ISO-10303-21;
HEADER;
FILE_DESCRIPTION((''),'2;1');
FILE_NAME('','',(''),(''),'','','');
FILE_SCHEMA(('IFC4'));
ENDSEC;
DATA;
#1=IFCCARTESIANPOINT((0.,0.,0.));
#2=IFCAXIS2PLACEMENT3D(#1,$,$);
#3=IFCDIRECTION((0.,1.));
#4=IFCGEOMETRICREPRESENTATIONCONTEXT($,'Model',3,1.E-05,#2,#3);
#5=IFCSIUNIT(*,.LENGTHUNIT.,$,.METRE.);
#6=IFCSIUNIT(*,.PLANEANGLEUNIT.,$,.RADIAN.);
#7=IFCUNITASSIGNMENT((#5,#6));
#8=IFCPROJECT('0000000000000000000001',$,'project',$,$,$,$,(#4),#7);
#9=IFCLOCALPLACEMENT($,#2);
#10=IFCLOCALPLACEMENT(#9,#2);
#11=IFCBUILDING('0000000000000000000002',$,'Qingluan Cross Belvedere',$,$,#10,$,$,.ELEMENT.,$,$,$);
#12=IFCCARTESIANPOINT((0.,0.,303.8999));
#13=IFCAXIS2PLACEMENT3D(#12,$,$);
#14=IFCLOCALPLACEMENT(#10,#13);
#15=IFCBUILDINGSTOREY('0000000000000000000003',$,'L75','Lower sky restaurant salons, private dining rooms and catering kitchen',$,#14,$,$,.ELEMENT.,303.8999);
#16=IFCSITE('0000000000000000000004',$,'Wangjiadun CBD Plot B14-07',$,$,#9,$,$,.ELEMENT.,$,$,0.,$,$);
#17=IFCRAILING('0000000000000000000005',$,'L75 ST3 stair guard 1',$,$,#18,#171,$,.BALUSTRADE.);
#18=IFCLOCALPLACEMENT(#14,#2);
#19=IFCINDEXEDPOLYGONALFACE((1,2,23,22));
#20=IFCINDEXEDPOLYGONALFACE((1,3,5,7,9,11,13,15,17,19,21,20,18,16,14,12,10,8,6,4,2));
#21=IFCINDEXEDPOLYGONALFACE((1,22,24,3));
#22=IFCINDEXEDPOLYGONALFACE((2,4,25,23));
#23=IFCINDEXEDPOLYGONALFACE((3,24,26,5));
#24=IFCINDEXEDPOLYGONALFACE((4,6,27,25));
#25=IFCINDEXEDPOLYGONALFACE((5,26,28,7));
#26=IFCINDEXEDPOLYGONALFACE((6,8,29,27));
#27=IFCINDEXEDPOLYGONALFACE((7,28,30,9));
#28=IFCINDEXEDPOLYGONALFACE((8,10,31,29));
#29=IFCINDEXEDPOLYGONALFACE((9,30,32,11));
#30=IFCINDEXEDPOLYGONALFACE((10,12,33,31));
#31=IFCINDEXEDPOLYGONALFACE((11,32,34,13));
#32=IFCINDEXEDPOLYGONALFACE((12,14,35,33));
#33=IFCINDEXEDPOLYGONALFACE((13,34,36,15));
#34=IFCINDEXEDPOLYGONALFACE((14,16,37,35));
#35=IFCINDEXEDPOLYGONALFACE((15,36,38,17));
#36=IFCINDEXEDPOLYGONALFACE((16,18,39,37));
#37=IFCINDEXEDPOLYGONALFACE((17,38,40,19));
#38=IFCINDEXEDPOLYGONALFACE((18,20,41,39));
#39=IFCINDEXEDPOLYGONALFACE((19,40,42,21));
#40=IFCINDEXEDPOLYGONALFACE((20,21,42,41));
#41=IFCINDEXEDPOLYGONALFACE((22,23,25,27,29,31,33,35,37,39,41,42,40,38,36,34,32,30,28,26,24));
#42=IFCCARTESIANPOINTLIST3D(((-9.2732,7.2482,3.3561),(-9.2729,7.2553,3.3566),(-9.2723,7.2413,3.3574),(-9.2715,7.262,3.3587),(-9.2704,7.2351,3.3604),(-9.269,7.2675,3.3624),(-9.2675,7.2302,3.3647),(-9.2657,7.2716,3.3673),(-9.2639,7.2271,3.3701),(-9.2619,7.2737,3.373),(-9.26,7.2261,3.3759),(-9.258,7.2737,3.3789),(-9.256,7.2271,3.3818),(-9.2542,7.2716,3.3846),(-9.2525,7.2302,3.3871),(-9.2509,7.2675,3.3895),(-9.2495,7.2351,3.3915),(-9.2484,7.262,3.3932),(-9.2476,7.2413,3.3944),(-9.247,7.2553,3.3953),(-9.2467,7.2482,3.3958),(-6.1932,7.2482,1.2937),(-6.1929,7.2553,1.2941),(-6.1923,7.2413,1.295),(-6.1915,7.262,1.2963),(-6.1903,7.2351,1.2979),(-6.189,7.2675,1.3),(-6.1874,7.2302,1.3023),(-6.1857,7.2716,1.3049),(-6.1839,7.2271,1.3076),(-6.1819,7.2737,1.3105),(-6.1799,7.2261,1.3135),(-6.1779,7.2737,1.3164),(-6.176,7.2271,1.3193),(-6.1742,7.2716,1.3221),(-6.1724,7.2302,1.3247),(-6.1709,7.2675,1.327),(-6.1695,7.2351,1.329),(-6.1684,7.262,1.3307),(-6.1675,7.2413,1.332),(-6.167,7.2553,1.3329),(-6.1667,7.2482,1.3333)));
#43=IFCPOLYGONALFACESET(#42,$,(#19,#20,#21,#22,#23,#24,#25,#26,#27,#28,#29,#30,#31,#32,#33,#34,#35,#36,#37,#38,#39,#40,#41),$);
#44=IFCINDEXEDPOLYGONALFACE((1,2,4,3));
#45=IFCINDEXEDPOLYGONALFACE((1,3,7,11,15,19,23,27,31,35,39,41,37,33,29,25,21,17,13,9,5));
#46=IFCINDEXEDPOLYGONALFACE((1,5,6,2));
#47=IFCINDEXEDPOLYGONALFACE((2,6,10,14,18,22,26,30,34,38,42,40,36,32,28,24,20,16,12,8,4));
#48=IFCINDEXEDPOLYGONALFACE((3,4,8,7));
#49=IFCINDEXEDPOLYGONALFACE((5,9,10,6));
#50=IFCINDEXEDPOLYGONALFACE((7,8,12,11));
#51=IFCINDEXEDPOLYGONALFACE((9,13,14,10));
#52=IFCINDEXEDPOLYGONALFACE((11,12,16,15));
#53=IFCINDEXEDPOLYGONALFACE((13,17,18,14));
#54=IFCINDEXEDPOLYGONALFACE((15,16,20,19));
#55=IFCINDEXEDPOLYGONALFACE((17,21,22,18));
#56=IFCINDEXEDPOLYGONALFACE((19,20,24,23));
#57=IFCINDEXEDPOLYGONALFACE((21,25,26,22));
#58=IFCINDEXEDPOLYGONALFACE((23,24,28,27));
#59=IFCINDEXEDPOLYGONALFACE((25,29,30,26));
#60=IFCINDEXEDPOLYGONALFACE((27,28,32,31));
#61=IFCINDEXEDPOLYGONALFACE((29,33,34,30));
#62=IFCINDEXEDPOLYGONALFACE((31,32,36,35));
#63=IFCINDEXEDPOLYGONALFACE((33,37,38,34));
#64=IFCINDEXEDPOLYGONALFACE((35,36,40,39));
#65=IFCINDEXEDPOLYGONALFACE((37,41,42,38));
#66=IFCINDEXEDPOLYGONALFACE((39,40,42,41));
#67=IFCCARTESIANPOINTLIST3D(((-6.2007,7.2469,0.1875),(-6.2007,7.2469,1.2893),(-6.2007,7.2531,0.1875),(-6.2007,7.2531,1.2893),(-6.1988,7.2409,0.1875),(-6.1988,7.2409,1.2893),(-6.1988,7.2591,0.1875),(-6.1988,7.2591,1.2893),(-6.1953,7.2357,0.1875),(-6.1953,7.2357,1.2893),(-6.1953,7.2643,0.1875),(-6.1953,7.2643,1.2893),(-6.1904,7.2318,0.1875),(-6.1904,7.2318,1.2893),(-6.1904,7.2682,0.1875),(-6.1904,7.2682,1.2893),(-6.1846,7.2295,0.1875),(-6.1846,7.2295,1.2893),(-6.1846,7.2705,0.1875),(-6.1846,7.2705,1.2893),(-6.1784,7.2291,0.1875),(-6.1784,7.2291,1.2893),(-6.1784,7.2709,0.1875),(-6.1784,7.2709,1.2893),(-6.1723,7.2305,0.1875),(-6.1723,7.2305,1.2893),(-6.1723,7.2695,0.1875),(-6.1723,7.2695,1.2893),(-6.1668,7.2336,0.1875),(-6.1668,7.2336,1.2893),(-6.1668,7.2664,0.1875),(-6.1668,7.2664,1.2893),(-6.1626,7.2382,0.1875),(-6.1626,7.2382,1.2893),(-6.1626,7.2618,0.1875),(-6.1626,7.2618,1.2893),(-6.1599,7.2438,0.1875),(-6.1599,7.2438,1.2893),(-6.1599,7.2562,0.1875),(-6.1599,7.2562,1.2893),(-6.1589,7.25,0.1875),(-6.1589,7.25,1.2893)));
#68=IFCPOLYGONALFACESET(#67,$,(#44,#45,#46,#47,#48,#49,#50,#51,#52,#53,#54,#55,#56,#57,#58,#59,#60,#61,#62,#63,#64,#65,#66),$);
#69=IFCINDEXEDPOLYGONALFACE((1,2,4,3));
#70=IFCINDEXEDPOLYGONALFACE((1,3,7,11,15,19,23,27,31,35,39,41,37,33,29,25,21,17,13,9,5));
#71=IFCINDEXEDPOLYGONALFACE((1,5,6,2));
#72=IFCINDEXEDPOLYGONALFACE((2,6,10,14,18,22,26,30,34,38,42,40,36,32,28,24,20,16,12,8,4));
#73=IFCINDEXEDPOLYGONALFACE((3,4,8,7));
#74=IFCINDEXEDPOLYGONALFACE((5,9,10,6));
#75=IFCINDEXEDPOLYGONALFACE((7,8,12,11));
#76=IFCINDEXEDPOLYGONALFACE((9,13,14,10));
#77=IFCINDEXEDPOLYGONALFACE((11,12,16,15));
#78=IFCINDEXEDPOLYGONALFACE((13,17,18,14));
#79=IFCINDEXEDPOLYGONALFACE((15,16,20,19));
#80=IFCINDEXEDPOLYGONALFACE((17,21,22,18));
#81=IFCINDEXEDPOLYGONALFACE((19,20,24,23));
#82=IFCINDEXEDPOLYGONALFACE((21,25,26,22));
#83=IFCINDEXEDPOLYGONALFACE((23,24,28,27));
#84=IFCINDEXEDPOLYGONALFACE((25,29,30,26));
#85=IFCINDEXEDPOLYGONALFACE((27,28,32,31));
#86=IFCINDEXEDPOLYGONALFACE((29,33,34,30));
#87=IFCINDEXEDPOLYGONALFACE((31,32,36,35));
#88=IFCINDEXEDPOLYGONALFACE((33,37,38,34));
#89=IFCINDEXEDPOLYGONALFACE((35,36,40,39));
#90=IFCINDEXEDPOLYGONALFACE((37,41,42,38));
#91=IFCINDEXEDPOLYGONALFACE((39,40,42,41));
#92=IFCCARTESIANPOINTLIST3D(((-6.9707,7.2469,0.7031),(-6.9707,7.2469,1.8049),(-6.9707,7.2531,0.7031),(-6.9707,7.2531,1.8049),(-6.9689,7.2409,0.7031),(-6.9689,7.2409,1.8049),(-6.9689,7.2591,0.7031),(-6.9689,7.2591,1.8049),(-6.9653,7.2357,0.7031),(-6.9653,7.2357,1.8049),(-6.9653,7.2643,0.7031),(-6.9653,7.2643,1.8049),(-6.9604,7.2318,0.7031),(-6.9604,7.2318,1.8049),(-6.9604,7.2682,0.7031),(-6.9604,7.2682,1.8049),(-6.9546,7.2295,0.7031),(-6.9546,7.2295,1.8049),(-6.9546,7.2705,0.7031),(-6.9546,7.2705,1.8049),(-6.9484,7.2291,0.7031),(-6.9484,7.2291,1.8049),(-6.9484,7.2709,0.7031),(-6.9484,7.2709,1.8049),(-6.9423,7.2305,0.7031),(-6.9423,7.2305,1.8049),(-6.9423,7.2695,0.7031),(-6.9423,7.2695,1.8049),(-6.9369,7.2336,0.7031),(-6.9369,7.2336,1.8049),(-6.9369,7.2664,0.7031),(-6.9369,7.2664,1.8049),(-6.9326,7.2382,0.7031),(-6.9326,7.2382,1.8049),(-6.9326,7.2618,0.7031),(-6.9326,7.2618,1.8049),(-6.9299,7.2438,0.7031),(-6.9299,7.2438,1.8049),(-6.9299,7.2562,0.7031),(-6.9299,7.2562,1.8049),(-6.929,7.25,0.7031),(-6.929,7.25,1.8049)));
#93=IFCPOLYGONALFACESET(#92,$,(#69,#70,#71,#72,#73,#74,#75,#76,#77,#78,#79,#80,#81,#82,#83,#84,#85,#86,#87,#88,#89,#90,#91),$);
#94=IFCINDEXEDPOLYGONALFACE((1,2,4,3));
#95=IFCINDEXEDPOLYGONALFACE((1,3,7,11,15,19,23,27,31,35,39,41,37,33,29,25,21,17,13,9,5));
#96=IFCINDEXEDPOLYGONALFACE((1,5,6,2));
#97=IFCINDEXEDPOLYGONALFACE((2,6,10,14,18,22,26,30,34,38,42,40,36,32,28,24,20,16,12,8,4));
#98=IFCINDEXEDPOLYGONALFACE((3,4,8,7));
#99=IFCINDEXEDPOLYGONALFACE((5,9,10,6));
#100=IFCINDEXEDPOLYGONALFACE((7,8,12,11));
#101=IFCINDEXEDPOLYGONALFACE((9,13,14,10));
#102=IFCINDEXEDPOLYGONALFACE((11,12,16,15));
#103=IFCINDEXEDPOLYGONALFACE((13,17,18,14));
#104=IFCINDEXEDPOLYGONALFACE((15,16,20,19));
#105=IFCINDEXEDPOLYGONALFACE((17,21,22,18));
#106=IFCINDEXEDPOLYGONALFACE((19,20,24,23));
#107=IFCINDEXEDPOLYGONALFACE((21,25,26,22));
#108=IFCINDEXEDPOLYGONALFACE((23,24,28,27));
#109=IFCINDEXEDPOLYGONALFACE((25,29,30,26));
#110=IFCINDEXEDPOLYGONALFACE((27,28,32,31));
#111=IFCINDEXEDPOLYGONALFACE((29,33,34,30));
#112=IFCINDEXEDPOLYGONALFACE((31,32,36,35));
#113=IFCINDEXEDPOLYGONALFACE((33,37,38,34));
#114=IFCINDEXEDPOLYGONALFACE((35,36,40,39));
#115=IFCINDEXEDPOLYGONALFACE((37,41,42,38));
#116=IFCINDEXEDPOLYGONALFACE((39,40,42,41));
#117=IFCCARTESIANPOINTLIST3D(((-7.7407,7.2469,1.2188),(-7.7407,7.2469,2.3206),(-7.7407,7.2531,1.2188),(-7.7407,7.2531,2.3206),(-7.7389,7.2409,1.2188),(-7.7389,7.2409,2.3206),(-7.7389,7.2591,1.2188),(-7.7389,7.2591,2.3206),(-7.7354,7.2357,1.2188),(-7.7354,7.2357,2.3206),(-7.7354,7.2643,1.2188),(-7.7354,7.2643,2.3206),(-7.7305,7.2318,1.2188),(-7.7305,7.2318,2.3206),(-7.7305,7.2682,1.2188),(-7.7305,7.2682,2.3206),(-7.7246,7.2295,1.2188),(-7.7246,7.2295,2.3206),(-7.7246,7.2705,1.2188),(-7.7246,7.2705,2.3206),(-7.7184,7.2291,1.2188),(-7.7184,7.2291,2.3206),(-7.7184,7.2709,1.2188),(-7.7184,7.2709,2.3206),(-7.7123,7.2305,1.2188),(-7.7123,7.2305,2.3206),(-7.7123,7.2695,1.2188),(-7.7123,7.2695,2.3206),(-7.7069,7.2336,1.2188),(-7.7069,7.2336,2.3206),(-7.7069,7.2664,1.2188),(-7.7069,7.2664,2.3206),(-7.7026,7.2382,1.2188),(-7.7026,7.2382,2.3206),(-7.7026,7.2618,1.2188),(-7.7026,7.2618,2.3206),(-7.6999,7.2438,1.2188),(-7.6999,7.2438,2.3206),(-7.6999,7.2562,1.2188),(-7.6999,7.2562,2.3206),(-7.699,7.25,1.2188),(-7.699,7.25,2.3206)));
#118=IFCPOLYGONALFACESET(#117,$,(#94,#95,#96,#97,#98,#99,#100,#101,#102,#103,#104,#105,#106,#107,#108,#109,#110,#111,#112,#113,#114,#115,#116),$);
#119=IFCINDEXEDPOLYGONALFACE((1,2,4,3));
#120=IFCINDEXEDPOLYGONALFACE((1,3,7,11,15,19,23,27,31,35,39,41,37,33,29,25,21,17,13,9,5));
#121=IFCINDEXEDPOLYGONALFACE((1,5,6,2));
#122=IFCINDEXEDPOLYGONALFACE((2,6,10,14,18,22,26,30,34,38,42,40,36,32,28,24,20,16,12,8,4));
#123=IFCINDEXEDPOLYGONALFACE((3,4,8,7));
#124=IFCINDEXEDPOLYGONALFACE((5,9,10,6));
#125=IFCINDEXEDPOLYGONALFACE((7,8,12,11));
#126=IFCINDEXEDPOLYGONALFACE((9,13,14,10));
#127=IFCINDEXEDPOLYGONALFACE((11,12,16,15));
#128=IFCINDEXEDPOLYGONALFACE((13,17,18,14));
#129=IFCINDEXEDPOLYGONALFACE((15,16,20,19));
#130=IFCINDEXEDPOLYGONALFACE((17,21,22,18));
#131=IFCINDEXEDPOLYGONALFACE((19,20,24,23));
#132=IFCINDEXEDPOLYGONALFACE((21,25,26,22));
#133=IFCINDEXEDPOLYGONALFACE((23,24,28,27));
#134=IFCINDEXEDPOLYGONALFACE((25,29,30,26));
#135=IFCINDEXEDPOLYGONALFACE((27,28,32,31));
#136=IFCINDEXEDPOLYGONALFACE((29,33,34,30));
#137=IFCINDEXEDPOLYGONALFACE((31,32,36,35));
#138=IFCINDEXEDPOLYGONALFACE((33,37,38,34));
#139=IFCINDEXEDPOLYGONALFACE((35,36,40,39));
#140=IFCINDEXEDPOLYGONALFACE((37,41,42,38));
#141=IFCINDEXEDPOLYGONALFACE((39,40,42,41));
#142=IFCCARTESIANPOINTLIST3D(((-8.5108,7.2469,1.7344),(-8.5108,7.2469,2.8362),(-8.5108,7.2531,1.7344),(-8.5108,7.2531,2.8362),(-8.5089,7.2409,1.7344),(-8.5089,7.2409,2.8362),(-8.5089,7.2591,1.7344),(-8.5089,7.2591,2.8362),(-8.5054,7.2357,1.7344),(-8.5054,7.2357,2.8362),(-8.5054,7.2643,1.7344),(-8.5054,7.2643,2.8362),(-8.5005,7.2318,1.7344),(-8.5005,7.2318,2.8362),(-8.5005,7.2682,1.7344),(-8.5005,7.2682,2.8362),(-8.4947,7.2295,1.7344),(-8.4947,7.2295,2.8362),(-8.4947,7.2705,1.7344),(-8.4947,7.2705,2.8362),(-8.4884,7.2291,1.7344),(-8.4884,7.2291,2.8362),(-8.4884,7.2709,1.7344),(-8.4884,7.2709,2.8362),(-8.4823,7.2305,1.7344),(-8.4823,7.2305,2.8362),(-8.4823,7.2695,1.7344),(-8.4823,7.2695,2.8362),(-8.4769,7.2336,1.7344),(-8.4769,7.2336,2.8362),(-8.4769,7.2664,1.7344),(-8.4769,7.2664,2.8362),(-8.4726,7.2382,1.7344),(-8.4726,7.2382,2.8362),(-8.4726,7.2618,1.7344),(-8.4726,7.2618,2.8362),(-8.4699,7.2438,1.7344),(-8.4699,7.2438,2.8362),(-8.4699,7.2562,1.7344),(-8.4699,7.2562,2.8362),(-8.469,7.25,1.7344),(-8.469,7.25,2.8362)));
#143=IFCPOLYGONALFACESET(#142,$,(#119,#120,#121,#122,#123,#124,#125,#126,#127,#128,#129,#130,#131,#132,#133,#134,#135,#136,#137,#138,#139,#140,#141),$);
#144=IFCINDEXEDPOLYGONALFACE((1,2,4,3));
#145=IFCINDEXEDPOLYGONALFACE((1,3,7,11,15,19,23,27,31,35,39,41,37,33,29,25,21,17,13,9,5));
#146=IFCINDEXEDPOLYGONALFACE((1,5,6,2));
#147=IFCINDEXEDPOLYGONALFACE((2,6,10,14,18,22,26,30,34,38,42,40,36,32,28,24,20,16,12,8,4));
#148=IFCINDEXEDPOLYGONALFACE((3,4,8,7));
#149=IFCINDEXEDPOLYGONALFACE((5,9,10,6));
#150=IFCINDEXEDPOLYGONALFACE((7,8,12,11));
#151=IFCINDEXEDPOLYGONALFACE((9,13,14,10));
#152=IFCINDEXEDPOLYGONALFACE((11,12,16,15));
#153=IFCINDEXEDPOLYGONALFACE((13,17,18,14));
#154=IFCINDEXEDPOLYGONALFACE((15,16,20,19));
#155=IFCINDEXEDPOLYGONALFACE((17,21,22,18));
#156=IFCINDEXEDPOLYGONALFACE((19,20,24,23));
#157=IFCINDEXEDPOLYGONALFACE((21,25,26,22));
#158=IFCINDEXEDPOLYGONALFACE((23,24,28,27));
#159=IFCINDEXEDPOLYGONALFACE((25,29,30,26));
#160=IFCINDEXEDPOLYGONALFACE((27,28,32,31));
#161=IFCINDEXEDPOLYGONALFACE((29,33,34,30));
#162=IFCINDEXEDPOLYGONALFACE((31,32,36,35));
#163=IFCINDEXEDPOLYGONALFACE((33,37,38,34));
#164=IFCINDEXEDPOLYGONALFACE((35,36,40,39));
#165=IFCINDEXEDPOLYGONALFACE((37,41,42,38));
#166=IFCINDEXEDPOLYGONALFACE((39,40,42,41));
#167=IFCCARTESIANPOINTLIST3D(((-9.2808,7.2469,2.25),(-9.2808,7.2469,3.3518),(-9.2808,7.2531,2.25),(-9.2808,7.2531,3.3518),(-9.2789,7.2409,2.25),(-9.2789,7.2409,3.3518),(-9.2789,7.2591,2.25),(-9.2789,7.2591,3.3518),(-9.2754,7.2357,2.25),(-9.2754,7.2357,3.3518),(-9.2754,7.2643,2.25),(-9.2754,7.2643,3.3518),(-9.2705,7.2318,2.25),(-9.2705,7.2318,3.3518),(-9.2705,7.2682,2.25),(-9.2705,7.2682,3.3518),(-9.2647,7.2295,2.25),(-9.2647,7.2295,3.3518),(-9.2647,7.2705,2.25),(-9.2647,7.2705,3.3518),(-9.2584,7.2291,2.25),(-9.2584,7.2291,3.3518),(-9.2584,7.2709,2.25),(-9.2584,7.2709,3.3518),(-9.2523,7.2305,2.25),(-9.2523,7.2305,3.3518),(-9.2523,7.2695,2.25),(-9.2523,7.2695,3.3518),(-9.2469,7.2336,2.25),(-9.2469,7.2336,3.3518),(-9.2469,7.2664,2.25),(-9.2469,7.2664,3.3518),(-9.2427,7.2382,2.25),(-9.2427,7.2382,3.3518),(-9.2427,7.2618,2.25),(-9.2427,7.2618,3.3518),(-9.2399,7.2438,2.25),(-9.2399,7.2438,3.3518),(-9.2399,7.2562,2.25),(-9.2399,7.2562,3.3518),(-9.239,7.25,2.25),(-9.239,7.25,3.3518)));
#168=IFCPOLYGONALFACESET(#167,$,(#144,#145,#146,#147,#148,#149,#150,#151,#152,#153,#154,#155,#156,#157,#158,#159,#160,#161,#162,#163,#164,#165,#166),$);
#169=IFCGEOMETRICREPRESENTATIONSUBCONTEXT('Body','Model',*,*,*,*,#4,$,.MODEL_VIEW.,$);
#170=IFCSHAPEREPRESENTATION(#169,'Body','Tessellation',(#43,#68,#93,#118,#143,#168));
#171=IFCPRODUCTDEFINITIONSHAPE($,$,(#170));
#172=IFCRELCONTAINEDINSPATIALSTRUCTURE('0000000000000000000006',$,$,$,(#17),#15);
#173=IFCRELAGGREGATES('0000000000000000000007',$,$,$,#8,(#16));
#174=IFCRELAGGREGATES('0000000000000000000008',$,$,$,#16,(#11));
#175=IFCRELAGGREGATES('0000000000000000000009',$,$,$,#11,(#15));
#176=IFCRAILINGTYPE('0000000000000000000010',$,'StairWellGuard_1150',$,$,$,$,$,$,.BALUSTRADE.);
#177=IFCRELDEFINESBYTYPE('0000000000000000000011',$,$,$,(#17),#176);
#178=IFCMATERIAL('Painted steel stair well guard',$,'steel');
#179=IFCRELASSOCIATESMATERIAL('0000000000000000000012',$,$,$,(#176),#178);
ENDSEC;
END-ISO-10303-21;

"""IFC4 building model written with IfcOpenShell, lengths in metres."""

from ifc_helpers import new_model, si_unit, direction, frame, origin, origin_2d, place, context, subcontext, project, spatial, circle, extrude, material, type_object, element, save


model = new_model("IFC4")

# Units and contexts
model_context = context("Model", 3, precision=1e-05, world=origin(), true_north=direction((0.0, 1.0)))
body_context = subcontext(model_context, "Body", "Model", "MODEL_VIEW")
ifc_project = project(units=[si_unit("LENGTHUNIT", "METRE"), si_unit("PLANEANGLEUNIT", "RADIAN")], contexts=[model_context])

# Site, building, storey
site_placement = place(None, origin())
site = spatial("IfcSite", under=ifc_project, at=site_placement, Name="Wangjiadun CBD Plot B14-07", CompositionType="ELEMENT", RefElevation=0.0)
building_placement = place(site_placement, origin())
building = spatial("IfcBuilding", under=site, at=building_placement, Name="Qingluan Cross Belvedere", CompositionType="ELEMENT")
storey_placement = place(building_placement, frame((0.0, 0.0, 303.8999)))
storey = spatial("IfcBuildingStorey", under=building, at=storey_placement, Name="L75", Description="Lower sky restaurant salons, private dining rooms and catering kitchen", CompositionType="ELEMENT", Elevation=303.8999)

# Railing
ifc_material_1 = material(Name="Painted steel stair well guard", Category="steel")
railing_type_1 = type_object("IfcRailingType", Name="StairWellGuard_1150", PredefinedType="BALUSTRADE", material=ifc_material_1)
railing_1_placement = place(storey_placement, frame((-6.1799, 7.25, 0.1875)))
element("IfcRailing", 1, at=railing_1_placement, inside=storey, type_object=railing_type_1, Name="L75 ST3 stair guard 1", PredefinedType="BALUSTRADE", context=body_context, shape_type="SweptSolid", body=[
    extrude(circle(Radius=0.0239, at=origin_2d()), frame((0.0, 0.0, 1.126), z_axis=(-0.830914, 0.0, 0.556401), x_axis=(0.0, -1.0, 0.0)), (0.0, 0.0, 1.0), 3.7068),
    extrude(circle(Radius=0.021, at=origin_2d()), origin(), (0.0, 0.0, 1.0), 1.1018),
    extrude(circle(Radius=0.021, at=origin_2d()), frame((-0.77, 0.0, 0.5156)), (0.0, 0.0, 1.0), 1.1018),
    extrude(circle(Radius=0.021, at=origin_2d()), frame((-1.54, 0.0, 1.0312)), (0.0, 0.0, 1.0), 1.1018),
    extrude(circle(Radius=0.021, at=origin_2d()), frame((-2.3101, 0.0, 1.5469)), (0.0, 0.0, 1.0), 1.1018),
    extrude(circle(Radius=0.021, at=origin_2d()), frame((-3.0801, 0.0, 2.0625)), (0.0, 0.0, 1.0), 1.1018),
])

save(model, "model.ifc")
